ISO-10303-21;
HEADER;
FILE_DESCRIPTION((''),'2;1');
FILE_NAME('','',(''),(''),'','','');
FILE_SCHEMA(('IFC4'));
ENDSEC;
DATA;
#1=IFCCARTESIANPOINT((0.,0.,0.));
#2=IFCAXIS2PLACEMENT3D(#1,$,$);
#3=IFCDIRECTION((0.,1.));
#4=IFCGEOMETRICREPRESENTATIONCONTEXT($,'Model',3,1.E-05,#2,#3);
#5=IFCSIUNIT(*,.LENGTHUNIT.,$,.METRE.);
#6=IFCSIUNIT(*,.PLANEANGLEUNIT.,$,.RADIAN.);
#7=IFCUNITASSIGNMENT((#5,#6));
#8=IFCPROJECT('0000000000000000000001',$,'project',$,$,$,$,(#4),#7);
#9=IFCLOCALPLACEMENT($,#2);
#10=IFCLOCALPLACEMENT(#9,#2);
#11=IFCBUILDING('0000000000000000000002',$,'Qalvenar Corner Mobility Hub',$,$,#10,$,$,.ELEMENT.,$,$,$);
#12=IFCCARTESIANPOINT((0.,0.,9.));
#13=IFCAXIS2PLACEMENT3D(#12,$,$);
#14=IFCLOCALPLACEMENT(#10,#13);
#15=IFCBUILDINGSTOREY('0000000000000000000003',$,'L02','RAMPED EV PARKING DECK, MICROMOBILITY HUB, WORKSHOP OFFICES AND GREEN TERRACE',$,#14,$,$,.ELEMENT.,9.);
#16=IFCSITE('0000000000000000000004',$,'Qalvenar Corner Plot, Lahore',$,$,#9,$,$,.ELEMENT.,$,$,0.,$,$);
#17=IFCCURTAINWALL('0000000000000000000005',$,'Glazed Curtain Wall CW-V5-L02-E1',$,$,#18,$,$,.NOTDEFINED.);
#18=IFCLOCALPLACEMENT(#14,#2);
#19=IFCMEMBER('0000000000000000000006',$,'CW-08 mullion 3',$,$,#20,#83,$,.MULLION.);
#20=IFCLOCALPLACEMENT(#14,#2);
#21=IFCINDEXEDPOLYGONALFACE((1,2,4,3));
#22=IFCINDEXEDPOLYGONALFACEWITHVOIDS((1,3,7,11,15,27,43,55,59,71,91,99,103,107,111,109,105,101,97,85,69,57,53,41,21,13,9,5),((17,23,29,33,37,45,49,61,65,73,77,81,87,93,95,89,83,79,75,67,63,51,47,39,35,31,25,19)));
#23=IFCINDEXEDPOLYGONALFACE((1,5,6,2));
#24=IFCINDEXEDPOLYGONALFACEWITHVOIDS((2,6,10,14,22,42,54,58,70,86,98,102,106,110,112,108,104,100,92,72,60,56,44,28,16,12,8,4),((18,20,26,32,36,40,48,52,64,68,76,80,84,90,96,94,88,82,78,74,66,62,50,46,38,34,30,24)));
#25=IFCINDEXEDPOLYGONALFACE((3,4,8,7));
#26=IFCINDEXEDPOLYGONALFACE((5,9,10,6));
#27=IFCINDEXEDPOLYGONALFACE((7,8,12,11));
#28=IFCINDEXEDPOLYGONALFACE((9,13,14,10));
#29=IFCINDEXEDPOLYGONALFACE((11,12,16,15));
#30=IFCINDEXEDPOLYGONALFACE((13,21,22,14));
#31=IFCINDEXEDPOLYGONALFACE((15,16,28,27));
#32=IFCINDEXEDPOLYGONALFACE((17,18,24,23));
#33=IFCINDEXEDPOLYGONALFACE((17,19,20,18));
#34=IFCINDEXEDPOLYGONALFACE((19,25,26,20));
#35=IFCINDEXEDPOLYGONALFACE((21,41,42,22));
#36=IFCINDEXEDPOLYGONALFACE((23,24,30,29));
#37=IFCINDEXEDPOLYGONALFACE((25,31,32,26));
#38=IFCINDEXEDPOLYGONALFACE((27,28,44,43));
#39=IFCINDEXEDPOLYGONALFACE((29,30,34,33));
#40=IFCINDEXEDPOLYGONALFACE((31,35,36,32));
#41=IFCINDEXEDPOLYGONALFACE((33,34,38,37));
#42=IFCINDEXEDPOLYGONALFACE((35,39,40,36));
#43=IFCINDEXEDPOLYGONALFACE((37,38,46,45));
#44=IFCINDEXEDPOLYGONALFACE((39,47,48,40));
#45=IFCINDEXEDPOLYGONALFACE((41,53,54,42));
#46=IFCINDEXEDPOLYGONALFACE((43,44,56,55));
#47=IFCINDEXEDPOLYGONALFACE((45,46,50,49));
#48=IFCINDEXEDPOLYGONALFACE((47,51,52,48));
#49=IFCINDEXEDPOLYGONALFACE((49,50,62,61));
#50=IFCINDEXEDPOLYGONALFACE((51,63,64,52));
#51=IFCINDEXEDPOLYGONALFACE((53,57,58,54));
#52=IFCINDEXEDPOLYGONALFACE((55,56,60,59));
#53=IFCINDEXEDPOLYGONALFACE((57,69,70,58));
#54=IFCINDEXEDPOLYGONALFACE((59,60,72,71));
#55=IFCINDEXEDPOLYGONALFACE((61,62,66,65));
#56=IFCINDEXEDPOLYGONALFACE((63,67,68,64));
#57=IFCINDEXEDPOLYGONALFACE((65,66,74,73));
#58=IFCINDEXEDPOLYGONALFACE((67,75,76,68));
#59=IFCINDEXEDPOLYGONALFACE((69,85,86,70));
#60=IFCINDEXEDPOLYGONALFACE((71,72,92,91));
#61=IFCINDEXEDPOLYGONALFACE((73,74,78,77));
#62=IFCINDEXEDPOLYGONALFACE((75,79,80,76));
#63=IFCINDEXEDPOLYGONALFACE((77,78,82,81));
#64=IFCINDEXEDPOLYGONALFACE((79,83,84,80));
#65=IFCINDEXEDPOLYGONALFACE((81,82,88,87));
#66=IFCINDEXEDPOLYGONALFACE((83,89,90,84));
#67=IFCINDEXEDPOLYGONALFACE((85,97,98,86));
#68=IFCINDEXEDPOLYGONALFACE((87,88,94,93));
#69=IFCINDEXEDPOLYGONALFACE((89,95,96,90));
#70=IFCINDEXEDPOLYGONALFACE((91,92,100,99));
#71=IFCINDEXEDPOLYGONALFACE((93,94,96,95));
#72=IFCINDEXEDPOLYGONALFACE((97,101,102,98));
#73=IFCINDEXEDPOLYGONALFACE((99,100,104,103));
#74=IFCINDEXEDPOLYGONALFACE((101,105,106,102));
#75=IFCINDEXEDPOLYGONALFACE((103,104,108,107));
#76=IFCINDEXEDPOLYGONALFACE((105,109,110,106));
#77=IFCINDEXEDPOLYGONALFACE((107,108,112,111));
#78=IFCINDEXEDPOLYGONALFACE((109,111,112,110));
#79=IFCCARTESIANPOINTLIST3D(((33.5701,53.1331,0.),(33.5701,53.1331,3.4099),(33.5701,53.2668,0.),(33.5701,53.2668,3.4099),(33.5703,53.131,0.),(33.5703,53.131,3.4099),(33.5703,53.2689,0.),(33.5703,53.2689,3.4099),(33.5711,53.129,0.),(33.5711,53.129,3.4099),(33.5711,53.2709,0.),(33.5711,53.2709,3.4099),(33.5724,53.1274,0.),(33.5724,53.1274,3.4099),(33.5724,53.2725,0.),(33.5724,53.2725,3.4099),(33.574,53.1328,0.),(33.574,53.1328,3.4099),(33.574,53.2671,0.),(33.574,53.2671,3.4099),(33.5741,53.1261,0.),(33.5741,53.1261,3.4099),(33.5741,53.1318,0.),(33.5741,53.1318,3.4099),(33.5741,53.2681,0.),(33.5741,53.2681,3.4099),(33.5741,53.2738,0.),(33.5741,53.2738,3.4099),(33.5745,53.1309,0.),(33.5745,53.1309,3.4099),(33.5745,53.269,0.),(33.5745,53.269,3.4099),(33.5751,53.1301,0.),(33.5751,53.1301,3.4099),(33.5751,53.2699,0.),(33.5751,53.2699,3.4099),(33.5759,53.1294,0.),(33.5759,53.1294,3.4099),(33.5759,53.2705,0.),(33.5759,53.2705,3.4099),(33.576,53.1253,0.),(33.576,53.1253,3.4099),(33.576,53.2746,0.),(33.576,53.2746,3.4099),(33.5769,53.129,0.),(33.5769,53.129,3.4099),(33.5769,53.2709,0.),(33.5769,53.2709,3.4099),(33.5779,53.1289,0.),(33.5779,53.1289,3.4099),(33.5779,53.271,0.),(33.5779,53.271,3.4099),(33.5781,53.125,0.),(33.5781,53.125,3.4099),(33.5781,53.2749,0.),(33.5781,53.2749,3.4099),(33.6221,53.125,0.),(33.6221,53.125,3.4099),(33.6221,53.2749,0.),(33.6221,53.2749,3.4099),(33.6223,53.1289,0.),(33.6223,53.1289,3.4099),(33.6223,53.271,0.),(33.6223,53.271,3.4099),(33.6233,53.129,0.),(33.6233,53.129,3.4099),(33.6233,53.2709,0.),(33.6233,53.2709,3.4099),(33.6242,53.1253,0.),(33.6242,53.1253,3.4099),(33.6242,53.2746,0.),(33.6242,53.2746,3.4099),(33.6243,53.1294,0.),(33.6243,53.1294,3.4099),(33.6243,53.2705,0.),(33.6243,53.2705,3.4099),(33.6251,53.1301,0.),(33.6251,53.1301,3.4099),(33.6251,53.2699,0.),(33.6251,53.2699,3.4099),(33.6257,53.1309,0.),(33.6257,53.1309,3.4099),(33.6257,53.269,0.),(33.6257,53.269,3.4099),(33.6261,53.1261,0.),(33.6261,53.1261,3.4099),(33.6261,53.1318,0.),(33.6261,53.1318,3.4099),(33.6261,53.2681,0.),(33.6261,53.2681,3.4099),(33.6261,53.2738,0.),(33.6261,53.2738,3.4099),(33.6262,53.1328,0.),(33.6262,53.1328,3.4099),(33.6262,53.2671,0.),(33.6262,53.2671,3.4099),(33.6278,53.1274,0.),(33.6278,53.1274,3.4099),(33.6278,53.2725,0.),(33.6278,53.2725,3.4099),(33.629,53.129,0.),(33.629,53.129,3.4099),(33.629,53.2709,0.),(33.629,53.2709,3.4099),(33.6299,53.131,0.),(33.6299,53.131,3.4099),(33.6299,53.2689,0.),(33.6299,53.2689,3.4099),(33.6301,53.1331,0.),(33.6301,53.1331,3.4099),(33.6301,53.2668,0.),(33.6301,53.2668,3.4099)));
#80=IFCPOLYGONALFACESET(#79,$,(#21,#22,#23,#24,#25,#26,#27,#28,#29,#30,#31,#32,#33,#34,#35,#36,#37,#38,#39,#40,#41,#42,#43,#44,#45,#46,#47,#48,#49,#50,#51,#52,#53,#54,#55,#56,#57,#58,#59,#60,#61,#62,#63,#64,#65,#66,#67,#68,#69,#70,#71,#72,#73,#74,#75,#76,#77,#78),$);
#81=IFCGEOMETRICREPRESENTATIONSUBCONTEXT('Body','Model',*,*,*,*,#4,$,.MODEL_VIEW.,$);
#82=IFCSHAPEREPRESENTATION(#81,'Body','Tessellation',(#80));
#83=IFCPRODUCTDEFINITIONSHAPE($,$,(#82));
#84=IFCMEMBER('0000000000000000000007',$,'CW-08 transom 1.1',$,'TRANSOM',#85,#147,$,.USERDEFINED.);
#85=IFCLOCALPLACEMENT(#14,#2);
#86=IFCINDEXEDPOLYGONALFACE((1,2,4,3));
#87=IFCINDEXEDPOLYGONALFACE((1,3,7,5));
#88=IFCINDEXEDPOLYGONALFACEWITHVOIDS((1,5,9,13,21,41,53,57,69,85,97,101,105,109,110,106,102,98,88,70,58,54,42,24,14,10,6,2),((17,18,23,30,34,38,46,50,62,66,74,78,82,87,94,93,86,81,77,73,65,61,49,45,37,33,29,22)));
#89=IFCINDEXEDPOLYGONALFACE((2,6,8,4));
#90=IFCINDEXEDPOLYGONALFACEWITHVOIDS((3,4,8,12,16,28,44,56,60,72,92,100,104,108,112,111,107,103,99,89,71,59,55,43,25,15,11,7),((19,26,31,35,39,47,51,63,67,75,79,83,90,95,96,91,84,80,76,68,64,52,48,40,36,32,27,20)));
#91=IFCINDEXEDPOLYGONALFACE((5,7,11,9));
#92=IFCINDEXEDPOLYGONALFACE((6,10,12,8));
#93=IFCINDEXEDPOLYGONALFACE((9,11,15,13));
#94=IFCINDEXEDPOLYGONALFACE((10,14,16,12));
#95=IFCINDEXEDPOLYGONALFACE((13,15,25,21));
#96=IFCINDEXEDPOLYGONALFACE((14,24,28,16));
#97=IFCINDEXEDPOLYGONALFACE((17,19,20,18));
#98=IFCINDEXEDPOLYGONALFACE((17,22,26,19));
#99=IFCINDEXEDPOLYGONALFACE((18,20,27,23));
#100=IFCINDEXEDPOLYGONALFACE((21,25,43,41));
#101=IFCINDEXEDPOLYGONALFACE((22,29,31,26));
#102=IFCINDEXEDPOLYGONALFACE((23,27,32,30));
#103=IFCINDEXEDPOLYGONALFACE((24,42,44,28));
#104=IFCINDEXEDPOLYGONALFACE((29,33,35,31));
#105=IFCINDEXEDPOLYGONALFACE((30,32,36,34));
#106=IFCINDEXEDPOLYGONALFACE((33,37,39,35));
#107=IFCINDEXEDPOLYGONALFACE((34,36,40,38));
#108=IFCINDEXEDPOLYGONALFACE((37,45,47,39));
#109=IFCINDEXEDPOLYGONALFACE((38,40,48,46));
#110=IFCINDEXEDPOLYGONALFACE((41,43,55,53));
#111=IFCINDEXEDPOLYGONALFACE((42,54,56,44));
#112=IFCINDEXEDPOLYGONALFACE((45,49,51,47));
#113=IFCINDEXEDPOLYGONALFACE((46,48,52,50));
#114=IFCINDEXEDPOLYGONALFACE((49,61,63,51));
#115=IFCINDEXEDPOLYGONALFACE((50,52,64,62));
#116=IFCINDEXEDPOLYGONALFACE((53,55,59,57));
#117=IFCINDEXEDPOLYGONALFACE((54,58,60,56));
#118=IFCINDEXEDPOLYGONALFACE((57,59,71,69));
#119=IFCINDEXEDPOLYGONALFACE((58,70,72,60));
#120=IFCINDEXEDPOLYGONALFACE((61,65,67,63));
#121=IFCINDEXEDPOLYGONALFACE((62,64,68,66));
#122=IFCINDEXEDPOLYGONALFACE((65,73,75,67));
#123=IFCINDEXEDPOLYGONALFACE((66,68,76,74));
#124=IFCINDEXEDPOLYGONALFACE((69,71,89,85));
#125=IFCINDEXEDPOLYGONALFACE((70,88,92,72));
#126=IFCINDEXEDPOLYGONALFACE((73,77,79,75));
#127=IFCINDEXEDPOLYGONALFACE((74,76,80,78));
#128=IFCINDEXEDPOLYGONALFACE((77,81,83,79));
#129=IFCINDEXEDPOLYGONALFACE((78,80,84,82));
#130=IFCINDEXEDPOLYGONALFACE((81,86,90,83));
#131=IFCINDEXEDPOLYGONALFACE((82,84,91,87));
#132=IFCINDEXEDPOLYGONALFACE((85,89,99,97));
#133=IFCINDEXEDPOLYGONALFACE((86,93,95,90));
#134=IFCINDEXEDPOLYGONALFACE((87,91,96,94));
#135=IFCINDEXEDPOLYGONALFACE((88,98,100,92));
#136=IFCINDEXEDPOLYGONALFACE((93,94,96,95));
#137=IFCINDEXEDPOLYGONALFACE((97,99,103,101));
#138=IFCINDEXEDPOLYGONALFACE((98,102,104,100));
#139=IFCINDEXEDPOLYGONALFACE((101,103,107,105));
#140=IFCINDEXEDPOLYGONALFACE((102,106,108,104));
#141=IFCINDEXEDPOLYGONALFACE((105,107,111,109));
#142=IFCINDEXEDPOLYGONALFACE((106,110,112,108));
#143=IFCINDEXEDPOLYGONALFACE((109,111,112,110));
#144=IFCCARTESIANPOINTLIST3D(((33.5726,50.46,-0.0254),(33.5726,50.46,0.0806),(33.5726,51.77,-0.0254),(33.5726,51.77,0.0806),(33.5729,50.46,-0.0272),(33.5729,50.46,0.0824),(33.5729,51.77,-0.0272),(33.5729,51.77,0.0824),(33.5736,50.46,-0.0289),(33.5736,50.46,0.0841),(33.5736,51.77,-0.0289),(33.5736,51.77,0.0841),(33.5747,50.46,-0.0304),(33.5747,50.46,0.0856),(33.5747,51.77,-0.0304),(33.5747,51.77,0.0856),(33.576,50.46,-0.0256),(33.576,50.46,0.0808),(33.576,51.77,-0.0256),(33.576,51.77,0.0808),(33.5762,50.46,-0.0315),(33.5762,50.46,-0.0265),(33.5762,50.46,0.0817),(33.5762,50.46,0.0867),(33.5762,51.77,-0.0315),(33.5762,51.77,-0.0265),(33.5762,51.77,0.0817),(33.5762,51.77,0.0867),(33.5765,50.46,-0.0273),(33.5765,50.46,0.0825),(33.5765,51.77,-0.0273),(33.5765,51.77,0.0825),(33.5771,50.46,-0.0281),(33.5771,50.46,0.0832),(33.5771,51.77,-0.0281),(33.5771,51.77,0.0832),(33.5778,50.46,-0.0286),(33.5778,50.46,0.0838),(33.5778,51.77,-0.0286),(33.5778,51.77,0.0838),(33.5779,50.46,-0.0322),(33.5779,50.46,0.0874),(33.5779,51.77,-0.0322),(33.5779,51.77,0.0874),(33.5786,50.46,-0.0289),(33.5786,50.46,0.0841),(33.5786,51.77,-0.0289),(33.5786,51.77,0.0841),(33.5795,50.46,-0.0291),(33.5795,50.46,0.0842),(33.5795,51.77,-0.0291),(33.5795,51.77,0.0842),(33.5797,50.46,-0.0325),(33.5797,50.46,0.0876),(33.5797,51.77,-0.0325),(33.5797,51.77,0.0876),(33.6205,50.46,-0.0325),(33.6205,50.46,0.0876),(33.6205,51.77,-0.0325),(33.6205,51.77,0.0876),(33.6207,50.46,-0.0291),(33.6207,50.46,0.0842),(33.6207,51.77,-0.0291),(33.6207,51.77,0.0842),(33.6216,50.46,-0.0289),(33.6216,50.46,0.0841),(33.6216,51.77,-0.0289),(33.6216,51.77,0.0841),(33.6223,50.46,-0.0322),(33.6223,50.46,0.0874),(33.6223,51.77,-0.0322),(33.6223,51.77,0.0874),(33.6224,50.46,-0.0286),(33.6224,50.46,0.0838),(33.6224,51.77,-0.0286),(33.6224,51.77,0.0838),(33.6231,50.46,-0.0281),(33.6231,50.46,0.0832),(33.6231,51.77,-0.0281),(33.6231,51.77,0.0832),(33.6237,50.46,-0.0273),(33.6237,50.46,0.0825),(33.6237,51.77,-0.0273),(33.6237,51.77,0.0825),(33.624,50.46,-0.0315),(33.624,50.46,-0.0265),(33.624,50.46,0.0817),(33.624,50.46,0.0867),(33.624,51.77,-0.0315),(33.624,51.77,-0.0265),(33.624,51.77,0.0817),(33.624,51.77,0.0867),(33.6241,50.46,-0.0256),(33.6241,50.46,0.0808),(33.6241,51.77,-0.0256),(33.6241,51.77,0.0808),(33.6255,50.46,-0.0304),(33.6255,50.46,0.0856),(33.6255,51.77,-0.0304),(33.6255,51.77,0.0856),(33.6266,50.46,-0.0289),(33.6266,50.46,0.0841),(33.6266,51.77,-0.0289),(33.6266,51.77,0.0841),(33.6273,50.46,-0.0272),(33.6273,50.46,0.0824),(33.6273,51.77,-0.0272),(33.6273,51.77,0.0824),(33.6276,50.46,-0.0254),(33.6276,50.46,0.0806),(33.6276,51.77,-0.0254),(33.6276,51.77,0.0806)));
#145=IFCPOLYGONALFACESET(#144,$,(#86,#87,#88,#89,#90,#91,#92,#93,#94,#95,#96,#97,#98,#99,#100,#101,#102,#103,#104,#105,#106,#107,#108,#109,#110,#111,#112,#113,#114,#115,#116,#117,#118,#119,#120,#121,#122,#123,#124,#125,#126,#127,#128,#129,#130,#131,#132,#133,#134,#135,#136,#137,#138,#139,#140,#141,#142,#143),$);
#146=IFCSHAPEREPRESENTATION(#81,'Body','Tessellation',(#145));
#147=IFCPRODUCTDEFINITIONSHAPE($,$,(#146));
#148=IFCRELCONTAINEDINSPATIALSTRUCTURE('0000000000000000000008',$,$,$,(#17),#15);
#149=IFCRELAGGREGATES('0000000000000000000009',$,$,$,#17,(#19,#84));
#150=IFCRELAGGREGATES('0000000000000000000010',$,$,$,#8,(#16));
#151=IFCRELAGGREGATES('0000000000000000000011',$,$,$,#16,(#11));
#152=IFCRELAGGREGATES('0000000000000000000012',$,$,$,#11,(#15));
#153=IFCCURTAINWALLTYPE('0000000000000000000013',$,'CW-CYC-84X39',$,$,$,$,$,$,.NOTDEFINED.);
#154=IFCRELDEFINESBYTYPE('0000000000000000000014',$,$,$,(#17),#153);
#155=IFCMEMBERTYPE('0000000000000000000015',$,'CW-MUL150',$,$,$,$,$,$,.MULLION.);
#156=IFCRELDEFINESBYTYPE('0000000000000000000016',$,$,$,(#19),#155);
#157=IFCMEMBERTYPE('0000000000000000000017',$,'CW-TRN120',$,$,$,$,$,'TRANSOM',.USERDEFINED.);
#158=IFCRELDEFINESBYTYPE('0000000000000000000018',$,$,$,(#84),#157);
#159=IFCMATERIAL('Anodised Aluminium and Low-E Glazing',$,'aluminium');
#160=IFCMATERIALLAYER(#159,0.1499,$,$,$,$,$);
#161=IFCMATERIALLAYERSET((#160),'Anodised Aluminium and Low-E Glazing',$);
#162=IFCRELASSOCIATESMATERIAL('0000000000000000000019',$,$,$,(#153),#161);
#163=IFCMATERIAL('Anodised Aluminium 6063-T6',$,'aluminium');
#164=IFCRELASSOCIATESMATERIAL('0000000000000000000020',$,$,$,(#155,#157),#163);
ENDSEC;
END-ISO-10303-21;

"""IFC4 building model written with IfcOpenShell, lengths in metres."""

from ifc_helpers import new_model, si_unit, direction, frame, origin, origin_2d, place, context, subcontext, project, spatial, hollow_rectangle, extrude, material, layer, layer_set, material_profile, profile_set, type_object, element, aggregate, save


model = new_model("IFC4")

# Units and contexts
model_context = context("Model", 3, precision=1e-05, world=origin(), true_north=direction((0.0, 1.0)))
body_context = subcontext(model_context, "Body", "Model", "MODEL_VIEW")
ifc_project = project(units=[si_unit("LENGTHUNIT", "METRE"), si_unit("PLANEANGLEUNIT", "RADIAN")], contexts=[model_context])

# Site, building, storey
site_placement = place(None, origin())
site = spatial("IfcSite", under=ifc_project, at=site_placement, Name="Qalvenar Corner Plot, Lahore", CompositionType="ELEMENT", RefElevation=0.0)
building_placement = place(site_placement, origin())
building = spatial("IfcBuilding", under=site, at=building_placement, Name="Qalvenar Corner Mobility Hub", CompositionType="ELEMENT")
storey_placement = place(building_placement, frame((0.0, 0.0, 9.0)))
storey = spatial("IfcBuildingStorey", under=building, at=storey_placement, Name="L02", Description="RAMPED EV PARKING DECK, MICROMOBILITY HUB, WORKSHOP OFFICES AND GREEN TERRACE", CompositionType="ELEMENT", Elevation=9.0)

# Curtain wall, members
ifc_material_1 = material(Name="Anodised Aluminium and Low-E Glazing", Category="aluminium")
ifc_layer_1 = layer(ifc_material_1, 0.1499)
ifc_layer_set_1 = layer_set([ifc_layer_1], Name="Anodised Aluminium and Low-E Glazing")
curtain_wall_type = type_object("IfcCurtainWallType", Name="CW-CYC-84X39", PredefinedType="NOTDEFINED", material=ifc_layer_set_1)
curtain_wall_placement = place(storey_placement, origin())
curtain_wall = element("IfcCurtainWall", 1, at=curtain_wall_placement, inside=storey, type_object=curtain_wall_type, Name="Glazed Curtain Wall CW-V5-L02-E1", PredefinedType="NOTDEFINED")
ifc_material_2 = material(Name="Anodised Aluminium 6063-T6", Category="aluminium")
ifc_material_profile_1 = material_profile(ifc_material_2, hollow_rectangle(XDim=0.0601, YDim=0.1499, WallThickness=0.0039, InnerFilletRadius=0.0039, OuterFilletRadius=0.0081, at=origin_2d()), Name="RHS150x60x4")
ifc_profile_set_1 = profile_set([ifc_material_profile_1], Name="Anodised Aluminium 6063-T6")
member_type_1 = type_object("IfcMemberType", Name="CW-MUL150", PredefinedType="MULLION", material=ifc_profile_set_1)
member_1_placement = place(storey_placement, frame((33.6001, 53.2, 0.0), z_axis=(0.0, 0.0, 1.0), x_axis=(-1.0, 0.0, 0.0)))
member_1 = element("IfcMember", 2, at=member_1_placement, type_object=member_type_1, Name="CW-08 mullion 3", PredefinedType="MULLION", context=body_context, shape_type="SweptSolid", body=[
    extrude(hollow_rectangle(XDim=0.0601, YDim=0.1499, WallThickness=0.0039, InnerFilletRadius=0.0039, OuterFilletRadius=0.0081, at=origin_2d()), origin(), (0.0, 0.0, 1.0), 3.4099),
])
ifc_material_profile_2 = material_profile(ifc_material_2, hollow_rectangle(XDim=0.0549, YDim=0.1201, WallThickness=0.0034, InnerFilletRadius=0.0034, OuterFilletRadius=0.0071, at=origin_2d()), Name="RHS120x55x3.5")
ifc_profile_set_2 = profile_set([ifc_material_profile_2], Name="Anodised Aluminium 6063-T6")
member_type_2 = type_object("IfcMemberType", Name="CW-TRN120", ElementType="TRANSOM", PredefinedType="USERDEFINED", material=ifc_profile_set_2)
member_2_placement = place(storey_placement, frame((33.6001, 50.46, 0.0276), z_axis=(0.0, 1.0, 0.0), x_axis=(-1.0, 0.0, 0.0)))
member_2 = element("IfcMember", 3, at=member_2_placement, type_object=member_type_2, Name="CW-08 transom 1.1", ObjectType="TRANSOM", PredefinedType="USERDEFINED", context=body_context, shape_type="SweptSolid", body=[
    extrude(hollow_rectangle(XDim=0.0549, YDim=0.1201, WallThickness=0.0034, InnerFilletRadius=0.0034, OuterFilletRadius=0.0071, at=origin_2d()), origin(), (0.0, 0.0, 1.0), 1.3101),
])

aggregate(curtain_wall, [member_1, member_2])

save(model, "model.ifc")
